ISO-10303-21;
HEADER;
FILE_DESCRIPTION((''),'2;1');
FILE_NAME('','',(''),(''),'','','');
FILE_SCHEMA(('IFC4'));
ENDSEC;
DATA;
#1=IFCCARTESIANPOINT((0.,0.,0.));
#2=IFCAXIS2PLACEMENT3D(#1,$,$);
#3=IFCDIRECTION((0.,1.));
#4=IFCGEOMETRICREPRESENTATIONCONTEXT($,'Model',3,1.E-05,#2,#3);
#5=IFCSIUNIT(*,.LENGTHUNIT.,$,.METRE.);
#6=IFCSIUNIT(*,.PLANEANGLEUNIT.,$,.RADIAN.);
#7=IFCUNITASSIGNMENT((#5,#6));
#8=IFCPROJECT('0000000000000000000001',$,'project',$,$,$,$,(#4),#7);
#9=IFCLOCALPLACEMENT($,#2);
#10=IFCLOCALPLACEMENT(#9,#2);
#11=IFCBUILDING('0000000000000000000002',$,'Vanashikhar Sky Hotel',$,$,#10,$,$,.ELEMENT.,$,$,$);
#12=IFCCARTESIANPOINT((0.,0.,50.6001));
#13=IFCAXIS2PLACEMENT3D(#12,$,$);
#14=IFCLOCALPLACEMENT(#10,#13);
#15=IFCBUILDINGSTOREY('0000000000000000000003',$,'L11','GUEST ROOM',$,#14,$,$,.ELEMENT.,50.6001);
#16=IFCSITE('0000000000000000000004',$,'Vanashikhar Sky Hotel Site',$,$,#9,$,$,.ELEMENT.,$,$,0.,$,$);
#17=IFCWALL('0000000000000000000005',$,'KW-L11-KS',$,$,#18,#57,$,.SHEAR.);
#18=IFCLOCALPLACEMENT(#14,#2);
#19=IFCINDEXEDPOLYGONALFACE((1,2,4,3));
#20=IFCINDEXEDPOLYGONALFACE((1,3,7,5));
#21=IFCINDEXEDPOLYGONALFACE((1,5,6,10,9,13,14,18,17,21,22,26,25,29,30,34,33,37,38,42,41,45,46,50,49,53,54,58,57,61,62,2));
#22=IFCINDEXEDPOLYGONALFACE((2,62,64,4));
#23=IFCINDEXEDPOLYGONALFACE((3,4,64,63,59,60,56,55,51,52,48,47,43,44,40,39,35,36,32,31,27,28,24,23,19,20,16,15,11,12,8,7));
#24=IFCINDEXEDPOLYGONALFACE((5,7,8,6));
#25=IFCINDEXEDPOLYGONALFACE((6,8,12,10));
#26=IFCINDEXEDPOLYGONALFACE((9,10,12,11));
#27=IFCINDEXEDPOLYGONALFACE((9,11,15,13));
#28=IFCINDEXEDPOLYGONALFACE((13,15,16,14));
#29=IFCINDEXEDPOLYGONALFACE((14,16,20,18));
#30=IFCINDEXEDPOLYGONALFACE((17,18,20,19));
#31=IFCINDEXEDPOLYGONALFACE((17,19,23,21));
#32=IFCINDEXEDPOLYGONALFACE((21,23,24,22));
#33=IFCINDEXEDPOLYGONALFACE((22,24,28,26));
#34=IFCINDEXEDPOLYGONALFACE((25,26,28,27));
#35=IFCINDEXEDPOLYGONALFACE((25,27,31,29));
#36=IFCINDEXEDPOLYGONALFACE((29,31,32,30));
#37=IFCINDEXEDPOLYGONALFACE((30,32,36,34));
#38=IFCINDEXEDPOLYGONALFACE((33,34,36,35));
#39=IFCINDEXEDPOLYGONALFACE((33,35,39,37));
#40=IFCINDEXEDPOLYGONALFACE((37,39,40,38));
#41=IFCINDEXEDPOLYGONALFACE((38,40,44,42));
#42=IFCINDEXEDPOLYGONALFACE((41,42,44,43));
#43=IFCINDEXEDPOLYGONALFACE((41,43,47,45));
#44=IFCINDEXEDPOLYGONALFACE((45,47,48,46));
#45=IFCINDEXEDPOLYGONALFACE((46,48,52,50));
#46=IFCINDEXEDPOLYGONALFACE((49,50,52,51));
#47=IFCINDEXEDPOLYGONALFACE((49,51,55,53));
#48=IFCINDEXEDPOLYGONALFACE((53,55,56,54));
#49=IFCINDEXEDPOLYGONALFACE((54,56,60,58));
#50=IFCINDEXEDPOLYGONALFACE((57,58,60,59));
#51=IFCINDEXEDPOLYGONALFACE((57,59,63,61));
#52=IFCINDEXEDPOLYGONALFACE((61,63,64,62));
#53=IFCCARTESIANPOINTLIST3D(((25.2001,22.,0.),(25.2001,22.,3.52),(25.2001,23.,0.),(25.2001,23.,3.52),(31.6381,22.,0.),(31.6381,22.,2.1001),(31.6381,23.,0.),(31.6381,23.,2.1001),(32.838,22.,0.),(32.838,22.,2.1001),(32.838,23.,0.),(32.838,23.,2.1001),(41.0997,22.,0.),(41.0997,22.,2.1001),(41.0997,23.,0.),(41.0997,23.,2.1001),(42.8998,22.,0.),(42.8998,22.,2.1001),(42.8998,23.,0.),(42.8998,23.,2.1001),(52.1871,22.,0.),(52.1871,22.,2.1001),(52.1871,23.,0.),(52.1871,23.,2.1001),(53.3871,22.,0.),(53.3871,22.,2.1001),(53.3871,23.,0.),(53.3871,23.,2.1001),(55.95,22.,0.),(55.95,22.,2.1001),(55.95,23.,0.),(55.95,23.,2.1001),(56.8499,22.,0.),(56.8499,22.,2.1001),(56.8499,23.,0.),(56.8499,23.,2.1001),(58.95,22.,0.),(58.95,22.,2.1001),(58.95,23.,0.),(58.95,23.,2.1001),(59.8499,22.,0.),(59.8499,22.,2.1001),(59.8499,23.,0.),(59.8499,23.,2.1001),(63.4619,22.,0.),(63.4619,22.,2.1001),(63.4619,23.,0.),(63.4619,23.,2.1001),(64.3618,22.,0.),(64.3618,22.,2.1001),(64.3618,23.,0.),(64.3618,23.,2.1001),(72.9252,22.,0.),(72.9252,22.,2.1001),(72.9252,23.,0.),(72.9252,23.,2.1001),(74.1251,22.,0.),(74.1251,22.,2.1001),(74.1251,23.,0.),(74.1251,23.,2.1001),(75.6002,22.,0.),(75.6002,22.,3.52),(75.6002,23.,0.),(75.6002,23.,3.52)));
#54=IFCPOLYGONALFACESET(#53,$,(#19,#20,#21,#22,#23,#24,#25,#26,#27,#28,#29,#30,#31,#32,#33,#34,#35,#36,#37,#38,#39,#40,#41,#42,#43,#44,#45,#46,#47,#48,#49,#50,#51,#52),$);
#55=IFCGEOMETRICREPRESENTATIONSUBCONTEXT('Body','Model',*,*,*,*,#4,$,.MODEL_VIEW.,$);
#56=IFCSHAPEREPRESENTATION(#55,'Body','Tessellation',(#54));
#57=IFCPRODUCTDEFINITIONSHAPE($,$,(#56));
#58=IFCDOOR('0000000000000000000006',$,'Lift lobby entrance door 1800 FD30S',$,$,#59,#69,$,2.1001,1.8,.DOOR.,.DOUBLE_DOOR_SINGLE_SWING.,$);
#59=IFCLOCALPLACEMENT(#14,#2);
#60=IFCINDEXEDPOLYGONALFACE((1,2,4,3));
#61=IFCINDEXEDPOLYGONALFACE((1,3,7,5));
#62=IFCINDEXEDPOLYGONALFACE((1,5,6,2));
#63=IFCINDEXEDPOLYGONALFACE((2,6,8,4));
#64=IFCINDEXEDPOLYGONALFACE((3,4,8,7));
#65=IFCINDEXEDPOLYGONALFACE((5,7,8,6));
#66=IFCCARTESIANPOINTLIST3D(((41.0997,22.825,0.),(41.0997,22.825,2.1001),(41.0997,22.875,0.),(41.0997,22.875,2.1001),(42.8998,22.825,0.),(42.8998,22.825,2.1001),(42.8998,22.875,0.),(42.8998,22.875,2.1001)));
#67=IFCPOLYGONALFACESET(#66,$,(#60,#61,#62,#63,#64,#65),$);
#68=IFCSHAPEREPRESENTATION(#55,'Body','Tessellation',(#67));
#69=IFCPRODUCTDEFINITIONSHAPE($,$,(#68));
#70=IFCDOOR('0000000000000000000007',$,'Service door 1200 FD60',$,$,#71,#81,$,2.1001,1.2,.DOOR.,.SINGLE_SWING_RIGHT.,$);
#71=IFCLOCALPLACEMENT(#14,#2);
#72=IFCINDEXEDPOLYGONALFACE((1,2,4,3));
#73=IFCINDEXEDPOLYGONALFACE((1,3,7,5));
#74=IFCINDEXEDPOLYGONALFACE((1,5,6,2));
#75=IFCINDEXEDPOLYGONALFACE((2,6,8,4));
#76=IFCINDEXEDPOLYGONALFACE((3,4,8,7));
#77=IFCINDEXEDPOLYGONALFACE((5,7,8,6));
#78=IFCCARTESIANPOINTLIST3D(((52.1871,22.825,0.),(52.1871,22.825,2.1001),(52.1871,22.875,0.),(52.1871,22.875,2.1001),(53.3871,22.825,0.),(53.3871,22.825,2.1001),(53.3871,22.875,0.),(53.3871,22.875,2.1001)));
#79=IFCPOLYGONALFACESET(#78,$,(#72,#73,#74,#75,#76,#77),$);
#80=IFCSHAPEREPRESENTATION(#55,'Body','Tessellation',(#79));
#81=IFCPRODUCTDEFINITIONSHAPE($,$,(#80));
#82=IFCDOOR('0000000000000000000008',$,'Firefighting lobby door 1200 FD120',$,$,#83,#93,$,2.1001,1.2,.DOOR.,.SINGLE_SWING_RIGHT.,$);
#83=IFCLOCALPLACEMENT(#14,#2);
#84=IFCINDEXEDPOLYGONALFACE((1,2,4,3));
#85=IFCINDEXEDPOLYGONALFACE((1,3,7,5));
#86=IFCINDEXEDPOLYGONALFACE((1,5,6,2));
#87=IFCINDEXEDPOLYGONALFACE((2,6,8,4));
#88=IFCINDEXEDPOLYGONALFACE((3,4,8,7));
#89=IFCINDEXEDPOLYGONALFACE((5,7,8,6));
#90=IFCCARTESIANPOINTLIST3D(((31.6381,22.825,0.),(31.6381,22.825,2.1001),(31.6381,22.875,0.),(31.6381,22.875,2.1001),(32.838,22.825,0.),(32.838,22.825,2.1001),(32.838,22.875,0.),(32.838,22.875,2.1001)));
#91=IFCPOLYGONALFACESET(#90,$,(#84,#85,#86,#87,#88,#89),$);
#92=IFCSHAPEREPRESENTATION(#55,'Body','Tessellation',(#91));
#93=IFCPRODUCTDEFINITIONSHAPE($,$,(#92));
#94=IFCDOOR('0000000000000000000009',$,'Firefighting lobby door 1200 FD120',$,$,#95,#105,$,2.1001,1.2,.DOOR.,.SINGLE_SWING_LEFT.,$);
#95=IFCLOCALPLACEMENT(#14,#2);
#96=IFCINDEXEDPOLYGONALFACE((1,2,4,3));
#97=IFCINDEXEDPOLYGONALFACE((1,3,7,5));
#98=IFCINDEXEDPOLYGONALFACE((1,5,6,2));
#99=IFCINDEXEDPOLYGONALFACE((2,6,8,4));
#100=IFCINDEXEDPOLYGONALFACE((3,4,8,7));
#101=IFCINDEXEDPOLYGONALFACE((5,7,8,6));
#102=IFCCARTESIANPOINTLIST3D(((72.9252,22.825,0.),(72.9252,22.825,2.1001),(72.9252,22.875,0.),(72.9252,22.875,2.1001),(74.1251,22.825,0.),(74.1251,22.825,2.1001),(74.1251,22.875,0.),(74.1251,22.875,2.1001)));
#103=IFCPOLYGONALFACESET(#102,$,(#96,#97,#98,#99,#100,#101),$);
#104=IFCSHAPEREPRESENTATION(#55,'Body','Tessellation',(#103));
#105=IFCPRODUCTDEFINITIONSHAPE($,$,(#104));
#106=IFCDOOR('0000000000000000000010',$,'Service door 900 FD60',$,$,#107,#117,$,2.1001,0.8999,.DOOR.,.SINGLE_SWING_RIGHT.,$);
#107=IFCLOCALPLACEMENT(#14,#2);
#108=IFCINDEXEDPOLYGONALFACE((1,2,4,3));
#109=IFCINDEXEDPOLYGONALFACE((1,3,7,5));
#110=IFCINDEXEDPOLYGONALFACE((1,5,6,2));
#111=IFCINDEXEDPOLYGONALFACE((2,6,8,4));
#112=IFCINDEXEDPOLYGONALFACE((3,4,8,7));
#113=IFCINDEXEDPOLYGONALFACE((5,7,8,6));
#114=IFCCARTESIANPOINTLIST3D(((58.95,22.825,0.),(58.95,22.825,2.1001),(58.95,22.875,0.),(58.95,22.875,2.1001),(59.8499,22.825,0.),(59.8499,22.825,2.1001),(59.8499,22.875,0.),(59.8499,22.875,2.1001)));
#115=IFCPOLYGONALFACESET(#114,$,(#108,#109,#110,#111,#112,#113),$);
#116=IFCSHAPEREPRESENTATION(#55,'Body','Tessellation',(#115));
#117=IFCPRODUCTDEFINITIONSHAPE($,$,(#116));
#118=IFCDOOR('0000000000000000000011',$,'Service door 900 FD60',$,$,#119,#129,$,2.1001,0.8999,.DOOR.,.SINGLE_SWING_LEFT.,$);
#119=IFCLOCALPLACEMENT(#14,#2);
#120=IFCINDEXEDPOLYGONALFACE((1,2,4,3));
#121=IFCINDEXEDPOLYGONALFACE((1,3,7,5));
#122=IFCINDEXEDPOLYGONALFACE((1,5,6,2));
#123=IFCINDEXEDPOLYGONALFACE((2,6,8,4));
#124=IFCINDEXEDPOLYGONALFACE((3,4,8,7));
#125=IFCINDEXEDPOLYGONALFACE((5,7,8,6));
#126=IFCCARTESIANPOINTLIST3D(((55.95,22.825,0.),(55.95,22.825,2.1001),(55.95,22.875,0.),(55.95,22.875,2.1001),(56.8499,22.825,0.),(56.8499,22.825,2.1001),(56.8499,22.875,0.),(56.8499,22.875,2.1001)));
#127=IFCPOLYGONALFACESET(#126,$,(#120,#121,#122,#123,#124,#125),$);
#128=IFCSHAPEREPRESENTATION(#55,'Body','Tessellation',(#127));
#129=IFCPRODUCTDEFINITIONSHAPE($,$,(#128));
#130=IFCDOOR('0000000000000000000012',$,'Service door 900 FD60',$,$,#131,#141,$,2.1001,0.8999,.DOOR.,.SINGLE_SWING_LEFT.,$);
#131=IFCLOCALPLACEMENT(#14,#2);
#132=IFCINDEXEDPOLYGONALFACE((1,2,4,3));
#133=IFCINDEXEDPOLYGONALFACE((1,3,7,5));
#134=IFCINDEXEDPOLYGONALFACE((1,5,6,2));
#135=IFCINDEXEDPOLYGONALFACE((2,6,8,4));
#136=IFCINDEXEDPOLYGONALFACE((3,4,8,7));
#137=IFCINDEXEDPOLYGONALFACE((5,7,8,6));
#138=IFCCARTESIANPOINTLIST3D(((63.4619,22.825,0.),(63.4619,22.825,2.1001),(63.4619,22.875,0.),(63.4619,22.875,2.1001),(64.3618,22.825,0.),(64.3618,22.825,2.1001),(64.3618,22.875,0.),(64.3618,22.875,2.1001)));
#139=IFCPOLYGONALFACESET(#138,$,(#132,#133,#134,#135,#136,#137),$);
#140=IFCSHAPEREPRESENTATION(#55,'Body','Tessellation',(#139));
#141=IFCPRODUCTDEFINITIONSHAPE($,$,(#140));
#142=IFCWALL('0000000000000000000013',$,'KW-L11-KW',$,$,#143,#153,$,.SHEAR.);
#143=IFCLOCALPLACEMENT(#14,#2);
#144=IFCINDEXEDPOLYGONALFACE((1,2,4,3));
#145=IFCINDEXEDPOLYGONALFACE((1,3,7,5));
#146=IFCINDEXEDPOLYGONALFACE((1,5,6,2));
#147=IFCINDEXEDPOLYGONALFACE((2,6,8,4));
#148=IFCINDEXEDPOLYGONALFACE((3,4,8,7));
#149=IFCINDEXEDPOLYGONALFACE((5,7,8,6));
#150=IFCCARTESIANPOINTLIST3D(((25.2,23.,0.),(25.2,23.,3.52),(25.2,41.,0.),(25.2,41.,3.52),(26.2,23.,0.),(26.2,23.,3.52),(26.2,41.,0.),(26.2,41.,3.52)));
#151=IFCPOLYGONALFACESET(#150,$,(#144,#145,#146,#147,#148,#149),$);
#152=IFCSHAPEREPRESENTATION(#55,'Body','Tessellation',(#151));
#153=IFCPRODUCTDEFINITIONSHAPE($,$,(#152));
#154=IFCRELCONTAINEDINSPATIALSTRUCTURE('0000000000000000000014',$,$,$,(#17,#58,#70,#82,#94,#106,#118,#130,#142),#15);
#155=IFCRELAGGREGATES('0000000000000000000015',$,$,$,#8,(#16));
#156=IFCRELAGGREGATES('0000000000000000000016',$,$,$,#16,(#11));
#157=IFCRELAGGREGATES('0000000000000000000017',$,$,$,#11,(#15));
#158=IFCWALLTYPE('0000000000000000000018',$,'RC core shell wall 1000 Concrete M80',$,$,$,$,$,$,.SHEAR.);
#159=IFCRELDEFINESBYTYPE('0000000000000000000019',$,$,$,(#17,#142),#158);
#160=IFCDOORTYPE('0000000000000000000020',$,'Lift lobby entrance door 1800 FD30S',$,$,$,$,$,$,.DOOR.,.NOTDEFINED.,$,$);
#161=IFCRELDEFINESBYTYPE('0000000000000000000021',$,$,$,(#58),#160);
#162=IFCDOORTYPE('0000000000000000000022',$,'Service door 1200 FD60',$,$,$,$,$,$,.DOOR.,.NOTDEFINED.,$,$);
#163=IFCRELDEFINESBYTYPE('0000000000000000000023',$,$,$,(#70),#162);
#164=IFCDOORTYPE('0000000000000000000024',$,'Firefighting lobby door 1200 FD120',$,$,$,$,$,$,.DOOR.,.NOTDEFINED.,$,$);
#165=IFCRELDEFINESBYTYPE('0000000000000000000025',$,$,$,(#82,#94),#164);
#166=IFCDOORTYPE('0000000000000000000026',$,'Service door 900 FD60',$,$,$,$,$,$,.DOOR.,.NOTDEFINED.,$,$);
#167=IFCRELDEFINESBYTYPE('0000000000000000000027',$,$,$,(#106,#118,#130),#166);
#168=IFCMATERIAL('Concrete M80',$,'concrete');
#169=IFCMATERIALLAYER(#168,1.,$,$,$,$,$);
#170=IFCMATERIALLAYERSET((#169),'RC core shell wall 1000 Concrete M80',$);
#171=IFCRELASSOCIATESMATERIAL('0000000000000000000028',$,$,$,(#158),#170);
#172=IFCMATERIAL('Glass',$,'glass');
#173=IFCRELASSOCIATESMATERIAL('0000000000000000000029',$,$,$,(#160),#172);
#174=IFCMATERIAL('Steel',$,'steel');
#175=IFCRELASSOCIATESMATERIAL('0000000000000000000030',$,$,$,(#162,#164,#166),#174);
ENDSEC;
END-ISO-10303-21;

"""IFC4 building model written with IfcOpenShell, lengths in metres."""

from ifc_helpers import new_model, si_unit, direction, frame, frame_2d, origin, place, context, subcontext, project, spatial, rectangle, extrude, source, transform, mapped, material, layer, layer_set, type_object, element, fill, save


model = new_model("IFC4")

# Units and contexts
model_context = context("Model", 3, precision=1e-05, world=origin(), true_north=direction((0.0, 1.0)))
body_context = subcontext(model_context, "Body", "Model", "MODEL_VIEW")
ifc_project = project(units=[si_unit("LENGTHUNIT", "METRE"), si_unit("PLANEANGLEUNIT", "RADIAN")], contexts=[model_context])

# Site, building, storey
site_placement = place(None, origin())
site = spatial("IfcSite", under=ifc_project, at=site_placement, Name="Vanashikhar Sky Hotel Site", CompositionType="ELEMENT", RefElevation=0.0)
building_placement = place(site_placement, origin())
building = spatial("IfcBuilding", under=site, at=building_placement, Name="Vanashikhar Sky Hotel", CompositionType="ELEMENT")
storey_placement = place(building_placement, frame((0.0, 0.0, 50.6001)))
storey = spatial("IfcBuildingStorey", under=building, at=storey_placement, Name="L11", Description="GUEST ROOM", CompositionType="ELEMENT", Elevation=50.6001)

# Wall, openings, doors
ifc_material_1 = material(Name="Concrete M80", Category="concrete")
ifc_layer_1 = layer(ifc_material_1, 1.0)
ifc_layer_set_1 = layer_set([ifc_layer_1], Name="RC core shell wall 1000 Concrete M80")
wall_type_1 = type_object("IfcWallType", Name="RC core shell wall 1000 Concrete M80", PredefinedType="SHEAR", material=ifc_layer_set_1)
shared_shape_1 = source(origin(), body_context, "Body", "SweptSolid", [
    extrude(rectangle(XDim=50.4001, YDim=1.0, at=frame_2d((25.2002, 0.0))), origin(), (0.0, 0.0, 1.0), 3.52),
])
wall_1_placement = place(storey_placement, frame((25.2, 22.5, 0.0), z_axis=(0.0, 0.0, 1.0), x_axis=(1.0, 0.0, 0.0)))
wall_1 = element("IfcWall", 1, at=wall_1_placement, inside=storey, type_object=wall_type_1, Name="KW-L11-KS", PredefinedType="SHEAR", context=body_context, shape_type="MappedRepresentation", body=[
    mapped(shared_shape_1, transform((0.0, 0.0, 0.0), scale=1.0)),
])
shared_shape_2 = source(origin(), body_context, "Body", "SweptSolid", [
    extrude(rectangle(XDim=1.8, YDim=2.1001, at=frame_2d((0.8999, 1.05))), frame((0.0, 0.51, 0.0), z_axis=(0.0, -1.0, 0.0), x_axis=(1.0, 0.0, 0.0)), (0.0, 0.0, 1.0), 1.02),
])
opening_1_placement = place(wall_1_placement, frame((15.8999, 0.0, 0.0)))
opening_1 = element("IfcOpeningElement", 2, at=opening_1_placement, cuts=wall_1, PredefinedType="OPENING", context=body_context, shape_type="MappedRepresentation", body=[
    mapped(shared_shape_2, transform((0.0, 0.0, 0.0), scale=1.0)),
])
shared_shape_3 = source(origin(), body_context, "Body", "SweptSolid", [
    extrude(rectangle(XDim=1.2, YDim=2.1001, at=frame_2d((0.6001, 1.05))), frame((0.0, 0.51, 0.0), z_axis=(0.0, -1.0, 0.0), x_axis=(1.0, 0.0, 0.0)), (0.0, 0.0, 1.0), 1.02),
])
opening_2_placement = place(wall_1_placement, frame((26.9871, 0.0, 0.0)))
opening_2 = element("IfcOpeningElement", 3, at=opening_2_placement, cuts=wall_1, PredefinedType="OPENING", context=body_context, shape_type="MappedRepresentation", body=[
    mapped(shared_shape_3, transform((0.0, 0.0, 0.0), scale=1.0)),
])
shared_shape_4 = source(origin(), body_context, "Body", "SweptSolid", [
    extrude(rectangle(XDim=0.8999, YDim=2.1001, at=frame_2d((0.45, 1.05))), frame((0.0, 0.51, 0.0), z_axis=(0.0, -1.0, 0.0), x_axis=(1.0, 0.0, 0.0)), (0.0, 0.0, 1.0), 1.02),
])
opening_3_placement = place(wall_1_placement, frame((33.75, 0.0, 0.0)))
opening_3 = element("IfcOpeningElement", 4, at=opening_3_placement, cuts=wall_1, PredefinedType="OPENING", context=body_context, shape_type="MappedRepresentation", body=[
    mapped(shared_shape_4, transform((0.0, 0.0, 0.0), scale=1.0)),
])
opening_4_placement = place(wall_1_placement, frame((30.75, 0.0, 0.0)))
opening_4 = element("IfcOpeningElement", 5, at=opening_4_placement, cuts=wall_1, PredefinedType="OPENING", context=body_context, shape_type="MappedRepresentation", body=[
    mapped(shared_shape_4, transform((0.0, 0.0, 0.0), scale=1.0)),
])
opening_5_placement = place(wall_1_placement, frame((38.262, 0.0, 0.0)))
opening_5 = element("IfcOpeningElement", 6, at=opening_5_placement, cuts=wall_1, PredefinedType="OPENING", context=body_context, shape_type="MappedRepresentation", body=[
    mapped(shared_shape_4, transform((0.0, 0.0, 0.0), scale=1.0)),
])
opening_6_placement = place(wall_1_placement, frame((6.438, 0.0, 0.0)))
opening_6 = element("IfcOpeningElement", 7, at=opening_6_placement, cuts=wall_1, PredefinedType="OPENING", context=body_context, shape_type="MappedRepresentation", body=[
    mapped(shared_shape_3, transform((0.0, 0.0, 0.0), scale=1.0)),
])
opening_7_placement = place(wall_1_placement, frame((47.7251, 0.0, 0.0)))
opening_7 = element("IfcOpeningElement", 8, at=opening_7_placement, cuts=wall_1, PredefinedType="OPENING", context=body_context, shape_type="MappedRepresentation", body=[
    mapped(shared_shape_3, transform((0.0, 0.0, 0.0), scale=1.0)),
])
ifc_material_2 = material(Name="Glass", Category="glass")
door_type_1 = type_object("IfcDoorType", Name="Lift lobby entrance door 1800 FD30S", OperationType="NOTDEFINED", PredefinedType="DOOR", material=ifc_material_2)
shared_shape_5 = source(origin(), body_context, "Body", "SweptSolid", [
    extrude(rectangle(XDim=1.8, YDim=2.1001, at=frame_2d((0.8999, 1.05))), frame((0.0, 0.375, 0.0), z_axis=(0.0, -1.0, 0.0), x_axis=(1.0, 0.0, 0.0)), (0.0, 0.0, 1.0), 0.05),
])
door_1_placement = place(opening_1_placement, origin())
door_1 = element("IfcDoor", 9, at=door_1_placement, inside=storey, type_object=door_type_1, Name="Lift lobby entrance door 1800 FD30S", OperationType="DOUBLE_DOOR_SINGLE_SWING", OverallHeight=2.1001, OverallWidth=1.8, PredefinedType="DOOR", context=body_context, shape_type="MappedRepresentation", body=[
    mapped(shared_shape_5, transform((0.0, 0.0, 0.0), scale=1.0)),
])
fill(opening_1, door_1)
ifc_material_3 = material(Name="Steel", Category="steel")
door_type_2 = type_object("IfcDoorType", Name="Service door 1200 FD60", OperationType="NOTDEFINED", PredefinedType="DOOR", material=ifc_material_3)
shared_shape_6 = source(origin(), body_context, "Body", "SweptSolid", [
    extrude(rectangle(XDim=1.2, YDim=2.1001, at=frame_2d((0.6001, 1.05))), frame((0.0, 0.375, 0.0), z_axis=(0.0, -1.0, 0.0), x_axis=(1.0, 0.0, 0.0)), (0.0, 0.0, 1.0), 0.05),
])
door_2_placement = place(opening_2_placement, origin())
door_2 = element("IfcDoor", 10, at=door_2_placement, inside=storey, type_object=door_type_2, Name="Service door 1200 FD60", OperationType="SINGLE_SWING_RIGHT", OverallHeight=2.1001, OverallWidth=1.2, PredefinedType="DOOR", context=body_context, shape_type="MappedRepresentation", body=[
    mapped(shared_shape_6, transform((0.0, 0.0, 0.0), scale=1.0)),
])
fill(opening_2, door_2)
door_type_3 = type_object("IfcDoorType", Name="Firefighting lobby door 1200 FD120", OperationType="NOTDEFINED", PredefinedType="DOOR", material=ifc_material_3)
door_3_placement = place(opening_6_placement, origin())
door_3 = element("IfcDoor", 11, at=door_3_placement, inside=storey, type_object=door_type_3, Name="Firefighting lobby door 1200 FD120", OperationType="SINGLE_SWING_RIGHT", OverallHeight=2.1001, OverallWidth=1.2, PredefinedType="DOOR", context=body_context, shape_type="MappedRepresentation", body=[
    mapped(shared_shape_6, transform((0.0, 0.0, 0.0), scale=1.0)),
])
fill(opening_6, door_3)
door_4_placement = place(opening_7_placement, origin())
door_4 = element("IfcDoor", 12, at=door_4_placement, inside=storey, type_object=door_type_3, Name="Firefighting lobby door 1200 FD120", OperationType="SINGLE_SWING_LEFT", OverallHeight=2.1001, OverallWidth=1.2, PredefinedType="DOOR", context=body_context, shape_type="MappedRepresentation", body=[
    mapped(shared_shape_6, transform((0.0, 0.0, 0.0), scale=1.0)),
])
fill(opening_7, door_4)
door_type_4 = type_object("IfcDoorType", Name="Service door 900 FD60", OperationType="NOTDEFINED", PredefinedType="DOOR", material=ifc_material_3)
shared_shape_7 = source(origin(), body_context, "Body", "SweptSolid", [
    extrude(rectangle(XDim=0.8999, YDim=2.1001, at=frame_2d((0.45, 1.05))), frame((0.0, 0.375, 0.0), z_axis=(0.0, -1.0, 0.0), x_axis=(1.0, 0.0, 0.0)), (0.0, 0.0, 1.0), 0.05),
])
door_5_placement = place(opening_3_placement, origin())
door_5 = element("IfcDoor", 13, at=door_5_placement, inside=storey, type_object=door_type_4, Name="Service door 900 FD60", OperationType="SINGLE_SWING_RIGHT", OverallHeight=2.1001, OverallWidth=0.8999, PredefinedType="DOOR", context=body_context, shape_type="MappedRepresentation", body=[
    mapped(shared_shape_7, transform((0.0, 0.0, 0.0), scale=1.0)),
])
fill(opening_3, door_5)
door_6_placement = place(opening_4_placement, origin())
door_6 = element("IfcDoor", 14, at=door_6_placement, inside=storey, type_object=door_type_4, Name="Service door 900 FD60", OperationType="SINGLE_SWING_LEFT", OverallHeight=2.1001, OverallWidth=0.8999, PredefinedType="DOOR", context=body_context, shape_type="MappedRepresentation", body=[
    mapped(shared_shape_7, transform((0.0, 0.0, 0.0), scale=1.0)),
])
fill(opening_4, door_6)
door_7_placement = place(opening_5_placement, origin())
door_7 = element("IfcDoor", 15, at=door_7_placement, inside=storey, type_object=door_type_4, Name="Service door 900 FD60", OperationType="SINGLE_SWING_LEFT", OverallHeight=2.1001, OverallWidth=0.8999, PredefinedType="DOOR", context=body_context, shape_type="MappedRepresentation", body=[
    mapped(shared_shape_7, transform((0.0, 0.0, 0.0), scale=1.0)),
])
fill(opening_5, door_7)

# Wall
shared_shape_8 = source(origin(), body_context, "Body", "SweptSolid", [
    extrude(rectangle(XDim=18.0, YDim=1.0, at=frame_2d((9.0, 0.0))), origin(), (0.0, 0.0, 1.0), 3.52),
])
wall_2_placement = place(storey_placement, frame((25.7, 23.0, 0.0), z_axis=(0.0, 0.0, 1.0), x_axis=(0.0, 1.0, 0.0)))
element("IfcWall", 16, at=wall_2_placement, inside=storey, type_object=wall_type_1, Name="KW-L11-KW", PredefinedType="SHEAR", context=body_context, shape_type="MappedRepresentation", body=[
    mapped(shared_shape_8, transform((0.0, 0.0, 0.0), scale=1.0)),
])

save(model, "model.ifc")
